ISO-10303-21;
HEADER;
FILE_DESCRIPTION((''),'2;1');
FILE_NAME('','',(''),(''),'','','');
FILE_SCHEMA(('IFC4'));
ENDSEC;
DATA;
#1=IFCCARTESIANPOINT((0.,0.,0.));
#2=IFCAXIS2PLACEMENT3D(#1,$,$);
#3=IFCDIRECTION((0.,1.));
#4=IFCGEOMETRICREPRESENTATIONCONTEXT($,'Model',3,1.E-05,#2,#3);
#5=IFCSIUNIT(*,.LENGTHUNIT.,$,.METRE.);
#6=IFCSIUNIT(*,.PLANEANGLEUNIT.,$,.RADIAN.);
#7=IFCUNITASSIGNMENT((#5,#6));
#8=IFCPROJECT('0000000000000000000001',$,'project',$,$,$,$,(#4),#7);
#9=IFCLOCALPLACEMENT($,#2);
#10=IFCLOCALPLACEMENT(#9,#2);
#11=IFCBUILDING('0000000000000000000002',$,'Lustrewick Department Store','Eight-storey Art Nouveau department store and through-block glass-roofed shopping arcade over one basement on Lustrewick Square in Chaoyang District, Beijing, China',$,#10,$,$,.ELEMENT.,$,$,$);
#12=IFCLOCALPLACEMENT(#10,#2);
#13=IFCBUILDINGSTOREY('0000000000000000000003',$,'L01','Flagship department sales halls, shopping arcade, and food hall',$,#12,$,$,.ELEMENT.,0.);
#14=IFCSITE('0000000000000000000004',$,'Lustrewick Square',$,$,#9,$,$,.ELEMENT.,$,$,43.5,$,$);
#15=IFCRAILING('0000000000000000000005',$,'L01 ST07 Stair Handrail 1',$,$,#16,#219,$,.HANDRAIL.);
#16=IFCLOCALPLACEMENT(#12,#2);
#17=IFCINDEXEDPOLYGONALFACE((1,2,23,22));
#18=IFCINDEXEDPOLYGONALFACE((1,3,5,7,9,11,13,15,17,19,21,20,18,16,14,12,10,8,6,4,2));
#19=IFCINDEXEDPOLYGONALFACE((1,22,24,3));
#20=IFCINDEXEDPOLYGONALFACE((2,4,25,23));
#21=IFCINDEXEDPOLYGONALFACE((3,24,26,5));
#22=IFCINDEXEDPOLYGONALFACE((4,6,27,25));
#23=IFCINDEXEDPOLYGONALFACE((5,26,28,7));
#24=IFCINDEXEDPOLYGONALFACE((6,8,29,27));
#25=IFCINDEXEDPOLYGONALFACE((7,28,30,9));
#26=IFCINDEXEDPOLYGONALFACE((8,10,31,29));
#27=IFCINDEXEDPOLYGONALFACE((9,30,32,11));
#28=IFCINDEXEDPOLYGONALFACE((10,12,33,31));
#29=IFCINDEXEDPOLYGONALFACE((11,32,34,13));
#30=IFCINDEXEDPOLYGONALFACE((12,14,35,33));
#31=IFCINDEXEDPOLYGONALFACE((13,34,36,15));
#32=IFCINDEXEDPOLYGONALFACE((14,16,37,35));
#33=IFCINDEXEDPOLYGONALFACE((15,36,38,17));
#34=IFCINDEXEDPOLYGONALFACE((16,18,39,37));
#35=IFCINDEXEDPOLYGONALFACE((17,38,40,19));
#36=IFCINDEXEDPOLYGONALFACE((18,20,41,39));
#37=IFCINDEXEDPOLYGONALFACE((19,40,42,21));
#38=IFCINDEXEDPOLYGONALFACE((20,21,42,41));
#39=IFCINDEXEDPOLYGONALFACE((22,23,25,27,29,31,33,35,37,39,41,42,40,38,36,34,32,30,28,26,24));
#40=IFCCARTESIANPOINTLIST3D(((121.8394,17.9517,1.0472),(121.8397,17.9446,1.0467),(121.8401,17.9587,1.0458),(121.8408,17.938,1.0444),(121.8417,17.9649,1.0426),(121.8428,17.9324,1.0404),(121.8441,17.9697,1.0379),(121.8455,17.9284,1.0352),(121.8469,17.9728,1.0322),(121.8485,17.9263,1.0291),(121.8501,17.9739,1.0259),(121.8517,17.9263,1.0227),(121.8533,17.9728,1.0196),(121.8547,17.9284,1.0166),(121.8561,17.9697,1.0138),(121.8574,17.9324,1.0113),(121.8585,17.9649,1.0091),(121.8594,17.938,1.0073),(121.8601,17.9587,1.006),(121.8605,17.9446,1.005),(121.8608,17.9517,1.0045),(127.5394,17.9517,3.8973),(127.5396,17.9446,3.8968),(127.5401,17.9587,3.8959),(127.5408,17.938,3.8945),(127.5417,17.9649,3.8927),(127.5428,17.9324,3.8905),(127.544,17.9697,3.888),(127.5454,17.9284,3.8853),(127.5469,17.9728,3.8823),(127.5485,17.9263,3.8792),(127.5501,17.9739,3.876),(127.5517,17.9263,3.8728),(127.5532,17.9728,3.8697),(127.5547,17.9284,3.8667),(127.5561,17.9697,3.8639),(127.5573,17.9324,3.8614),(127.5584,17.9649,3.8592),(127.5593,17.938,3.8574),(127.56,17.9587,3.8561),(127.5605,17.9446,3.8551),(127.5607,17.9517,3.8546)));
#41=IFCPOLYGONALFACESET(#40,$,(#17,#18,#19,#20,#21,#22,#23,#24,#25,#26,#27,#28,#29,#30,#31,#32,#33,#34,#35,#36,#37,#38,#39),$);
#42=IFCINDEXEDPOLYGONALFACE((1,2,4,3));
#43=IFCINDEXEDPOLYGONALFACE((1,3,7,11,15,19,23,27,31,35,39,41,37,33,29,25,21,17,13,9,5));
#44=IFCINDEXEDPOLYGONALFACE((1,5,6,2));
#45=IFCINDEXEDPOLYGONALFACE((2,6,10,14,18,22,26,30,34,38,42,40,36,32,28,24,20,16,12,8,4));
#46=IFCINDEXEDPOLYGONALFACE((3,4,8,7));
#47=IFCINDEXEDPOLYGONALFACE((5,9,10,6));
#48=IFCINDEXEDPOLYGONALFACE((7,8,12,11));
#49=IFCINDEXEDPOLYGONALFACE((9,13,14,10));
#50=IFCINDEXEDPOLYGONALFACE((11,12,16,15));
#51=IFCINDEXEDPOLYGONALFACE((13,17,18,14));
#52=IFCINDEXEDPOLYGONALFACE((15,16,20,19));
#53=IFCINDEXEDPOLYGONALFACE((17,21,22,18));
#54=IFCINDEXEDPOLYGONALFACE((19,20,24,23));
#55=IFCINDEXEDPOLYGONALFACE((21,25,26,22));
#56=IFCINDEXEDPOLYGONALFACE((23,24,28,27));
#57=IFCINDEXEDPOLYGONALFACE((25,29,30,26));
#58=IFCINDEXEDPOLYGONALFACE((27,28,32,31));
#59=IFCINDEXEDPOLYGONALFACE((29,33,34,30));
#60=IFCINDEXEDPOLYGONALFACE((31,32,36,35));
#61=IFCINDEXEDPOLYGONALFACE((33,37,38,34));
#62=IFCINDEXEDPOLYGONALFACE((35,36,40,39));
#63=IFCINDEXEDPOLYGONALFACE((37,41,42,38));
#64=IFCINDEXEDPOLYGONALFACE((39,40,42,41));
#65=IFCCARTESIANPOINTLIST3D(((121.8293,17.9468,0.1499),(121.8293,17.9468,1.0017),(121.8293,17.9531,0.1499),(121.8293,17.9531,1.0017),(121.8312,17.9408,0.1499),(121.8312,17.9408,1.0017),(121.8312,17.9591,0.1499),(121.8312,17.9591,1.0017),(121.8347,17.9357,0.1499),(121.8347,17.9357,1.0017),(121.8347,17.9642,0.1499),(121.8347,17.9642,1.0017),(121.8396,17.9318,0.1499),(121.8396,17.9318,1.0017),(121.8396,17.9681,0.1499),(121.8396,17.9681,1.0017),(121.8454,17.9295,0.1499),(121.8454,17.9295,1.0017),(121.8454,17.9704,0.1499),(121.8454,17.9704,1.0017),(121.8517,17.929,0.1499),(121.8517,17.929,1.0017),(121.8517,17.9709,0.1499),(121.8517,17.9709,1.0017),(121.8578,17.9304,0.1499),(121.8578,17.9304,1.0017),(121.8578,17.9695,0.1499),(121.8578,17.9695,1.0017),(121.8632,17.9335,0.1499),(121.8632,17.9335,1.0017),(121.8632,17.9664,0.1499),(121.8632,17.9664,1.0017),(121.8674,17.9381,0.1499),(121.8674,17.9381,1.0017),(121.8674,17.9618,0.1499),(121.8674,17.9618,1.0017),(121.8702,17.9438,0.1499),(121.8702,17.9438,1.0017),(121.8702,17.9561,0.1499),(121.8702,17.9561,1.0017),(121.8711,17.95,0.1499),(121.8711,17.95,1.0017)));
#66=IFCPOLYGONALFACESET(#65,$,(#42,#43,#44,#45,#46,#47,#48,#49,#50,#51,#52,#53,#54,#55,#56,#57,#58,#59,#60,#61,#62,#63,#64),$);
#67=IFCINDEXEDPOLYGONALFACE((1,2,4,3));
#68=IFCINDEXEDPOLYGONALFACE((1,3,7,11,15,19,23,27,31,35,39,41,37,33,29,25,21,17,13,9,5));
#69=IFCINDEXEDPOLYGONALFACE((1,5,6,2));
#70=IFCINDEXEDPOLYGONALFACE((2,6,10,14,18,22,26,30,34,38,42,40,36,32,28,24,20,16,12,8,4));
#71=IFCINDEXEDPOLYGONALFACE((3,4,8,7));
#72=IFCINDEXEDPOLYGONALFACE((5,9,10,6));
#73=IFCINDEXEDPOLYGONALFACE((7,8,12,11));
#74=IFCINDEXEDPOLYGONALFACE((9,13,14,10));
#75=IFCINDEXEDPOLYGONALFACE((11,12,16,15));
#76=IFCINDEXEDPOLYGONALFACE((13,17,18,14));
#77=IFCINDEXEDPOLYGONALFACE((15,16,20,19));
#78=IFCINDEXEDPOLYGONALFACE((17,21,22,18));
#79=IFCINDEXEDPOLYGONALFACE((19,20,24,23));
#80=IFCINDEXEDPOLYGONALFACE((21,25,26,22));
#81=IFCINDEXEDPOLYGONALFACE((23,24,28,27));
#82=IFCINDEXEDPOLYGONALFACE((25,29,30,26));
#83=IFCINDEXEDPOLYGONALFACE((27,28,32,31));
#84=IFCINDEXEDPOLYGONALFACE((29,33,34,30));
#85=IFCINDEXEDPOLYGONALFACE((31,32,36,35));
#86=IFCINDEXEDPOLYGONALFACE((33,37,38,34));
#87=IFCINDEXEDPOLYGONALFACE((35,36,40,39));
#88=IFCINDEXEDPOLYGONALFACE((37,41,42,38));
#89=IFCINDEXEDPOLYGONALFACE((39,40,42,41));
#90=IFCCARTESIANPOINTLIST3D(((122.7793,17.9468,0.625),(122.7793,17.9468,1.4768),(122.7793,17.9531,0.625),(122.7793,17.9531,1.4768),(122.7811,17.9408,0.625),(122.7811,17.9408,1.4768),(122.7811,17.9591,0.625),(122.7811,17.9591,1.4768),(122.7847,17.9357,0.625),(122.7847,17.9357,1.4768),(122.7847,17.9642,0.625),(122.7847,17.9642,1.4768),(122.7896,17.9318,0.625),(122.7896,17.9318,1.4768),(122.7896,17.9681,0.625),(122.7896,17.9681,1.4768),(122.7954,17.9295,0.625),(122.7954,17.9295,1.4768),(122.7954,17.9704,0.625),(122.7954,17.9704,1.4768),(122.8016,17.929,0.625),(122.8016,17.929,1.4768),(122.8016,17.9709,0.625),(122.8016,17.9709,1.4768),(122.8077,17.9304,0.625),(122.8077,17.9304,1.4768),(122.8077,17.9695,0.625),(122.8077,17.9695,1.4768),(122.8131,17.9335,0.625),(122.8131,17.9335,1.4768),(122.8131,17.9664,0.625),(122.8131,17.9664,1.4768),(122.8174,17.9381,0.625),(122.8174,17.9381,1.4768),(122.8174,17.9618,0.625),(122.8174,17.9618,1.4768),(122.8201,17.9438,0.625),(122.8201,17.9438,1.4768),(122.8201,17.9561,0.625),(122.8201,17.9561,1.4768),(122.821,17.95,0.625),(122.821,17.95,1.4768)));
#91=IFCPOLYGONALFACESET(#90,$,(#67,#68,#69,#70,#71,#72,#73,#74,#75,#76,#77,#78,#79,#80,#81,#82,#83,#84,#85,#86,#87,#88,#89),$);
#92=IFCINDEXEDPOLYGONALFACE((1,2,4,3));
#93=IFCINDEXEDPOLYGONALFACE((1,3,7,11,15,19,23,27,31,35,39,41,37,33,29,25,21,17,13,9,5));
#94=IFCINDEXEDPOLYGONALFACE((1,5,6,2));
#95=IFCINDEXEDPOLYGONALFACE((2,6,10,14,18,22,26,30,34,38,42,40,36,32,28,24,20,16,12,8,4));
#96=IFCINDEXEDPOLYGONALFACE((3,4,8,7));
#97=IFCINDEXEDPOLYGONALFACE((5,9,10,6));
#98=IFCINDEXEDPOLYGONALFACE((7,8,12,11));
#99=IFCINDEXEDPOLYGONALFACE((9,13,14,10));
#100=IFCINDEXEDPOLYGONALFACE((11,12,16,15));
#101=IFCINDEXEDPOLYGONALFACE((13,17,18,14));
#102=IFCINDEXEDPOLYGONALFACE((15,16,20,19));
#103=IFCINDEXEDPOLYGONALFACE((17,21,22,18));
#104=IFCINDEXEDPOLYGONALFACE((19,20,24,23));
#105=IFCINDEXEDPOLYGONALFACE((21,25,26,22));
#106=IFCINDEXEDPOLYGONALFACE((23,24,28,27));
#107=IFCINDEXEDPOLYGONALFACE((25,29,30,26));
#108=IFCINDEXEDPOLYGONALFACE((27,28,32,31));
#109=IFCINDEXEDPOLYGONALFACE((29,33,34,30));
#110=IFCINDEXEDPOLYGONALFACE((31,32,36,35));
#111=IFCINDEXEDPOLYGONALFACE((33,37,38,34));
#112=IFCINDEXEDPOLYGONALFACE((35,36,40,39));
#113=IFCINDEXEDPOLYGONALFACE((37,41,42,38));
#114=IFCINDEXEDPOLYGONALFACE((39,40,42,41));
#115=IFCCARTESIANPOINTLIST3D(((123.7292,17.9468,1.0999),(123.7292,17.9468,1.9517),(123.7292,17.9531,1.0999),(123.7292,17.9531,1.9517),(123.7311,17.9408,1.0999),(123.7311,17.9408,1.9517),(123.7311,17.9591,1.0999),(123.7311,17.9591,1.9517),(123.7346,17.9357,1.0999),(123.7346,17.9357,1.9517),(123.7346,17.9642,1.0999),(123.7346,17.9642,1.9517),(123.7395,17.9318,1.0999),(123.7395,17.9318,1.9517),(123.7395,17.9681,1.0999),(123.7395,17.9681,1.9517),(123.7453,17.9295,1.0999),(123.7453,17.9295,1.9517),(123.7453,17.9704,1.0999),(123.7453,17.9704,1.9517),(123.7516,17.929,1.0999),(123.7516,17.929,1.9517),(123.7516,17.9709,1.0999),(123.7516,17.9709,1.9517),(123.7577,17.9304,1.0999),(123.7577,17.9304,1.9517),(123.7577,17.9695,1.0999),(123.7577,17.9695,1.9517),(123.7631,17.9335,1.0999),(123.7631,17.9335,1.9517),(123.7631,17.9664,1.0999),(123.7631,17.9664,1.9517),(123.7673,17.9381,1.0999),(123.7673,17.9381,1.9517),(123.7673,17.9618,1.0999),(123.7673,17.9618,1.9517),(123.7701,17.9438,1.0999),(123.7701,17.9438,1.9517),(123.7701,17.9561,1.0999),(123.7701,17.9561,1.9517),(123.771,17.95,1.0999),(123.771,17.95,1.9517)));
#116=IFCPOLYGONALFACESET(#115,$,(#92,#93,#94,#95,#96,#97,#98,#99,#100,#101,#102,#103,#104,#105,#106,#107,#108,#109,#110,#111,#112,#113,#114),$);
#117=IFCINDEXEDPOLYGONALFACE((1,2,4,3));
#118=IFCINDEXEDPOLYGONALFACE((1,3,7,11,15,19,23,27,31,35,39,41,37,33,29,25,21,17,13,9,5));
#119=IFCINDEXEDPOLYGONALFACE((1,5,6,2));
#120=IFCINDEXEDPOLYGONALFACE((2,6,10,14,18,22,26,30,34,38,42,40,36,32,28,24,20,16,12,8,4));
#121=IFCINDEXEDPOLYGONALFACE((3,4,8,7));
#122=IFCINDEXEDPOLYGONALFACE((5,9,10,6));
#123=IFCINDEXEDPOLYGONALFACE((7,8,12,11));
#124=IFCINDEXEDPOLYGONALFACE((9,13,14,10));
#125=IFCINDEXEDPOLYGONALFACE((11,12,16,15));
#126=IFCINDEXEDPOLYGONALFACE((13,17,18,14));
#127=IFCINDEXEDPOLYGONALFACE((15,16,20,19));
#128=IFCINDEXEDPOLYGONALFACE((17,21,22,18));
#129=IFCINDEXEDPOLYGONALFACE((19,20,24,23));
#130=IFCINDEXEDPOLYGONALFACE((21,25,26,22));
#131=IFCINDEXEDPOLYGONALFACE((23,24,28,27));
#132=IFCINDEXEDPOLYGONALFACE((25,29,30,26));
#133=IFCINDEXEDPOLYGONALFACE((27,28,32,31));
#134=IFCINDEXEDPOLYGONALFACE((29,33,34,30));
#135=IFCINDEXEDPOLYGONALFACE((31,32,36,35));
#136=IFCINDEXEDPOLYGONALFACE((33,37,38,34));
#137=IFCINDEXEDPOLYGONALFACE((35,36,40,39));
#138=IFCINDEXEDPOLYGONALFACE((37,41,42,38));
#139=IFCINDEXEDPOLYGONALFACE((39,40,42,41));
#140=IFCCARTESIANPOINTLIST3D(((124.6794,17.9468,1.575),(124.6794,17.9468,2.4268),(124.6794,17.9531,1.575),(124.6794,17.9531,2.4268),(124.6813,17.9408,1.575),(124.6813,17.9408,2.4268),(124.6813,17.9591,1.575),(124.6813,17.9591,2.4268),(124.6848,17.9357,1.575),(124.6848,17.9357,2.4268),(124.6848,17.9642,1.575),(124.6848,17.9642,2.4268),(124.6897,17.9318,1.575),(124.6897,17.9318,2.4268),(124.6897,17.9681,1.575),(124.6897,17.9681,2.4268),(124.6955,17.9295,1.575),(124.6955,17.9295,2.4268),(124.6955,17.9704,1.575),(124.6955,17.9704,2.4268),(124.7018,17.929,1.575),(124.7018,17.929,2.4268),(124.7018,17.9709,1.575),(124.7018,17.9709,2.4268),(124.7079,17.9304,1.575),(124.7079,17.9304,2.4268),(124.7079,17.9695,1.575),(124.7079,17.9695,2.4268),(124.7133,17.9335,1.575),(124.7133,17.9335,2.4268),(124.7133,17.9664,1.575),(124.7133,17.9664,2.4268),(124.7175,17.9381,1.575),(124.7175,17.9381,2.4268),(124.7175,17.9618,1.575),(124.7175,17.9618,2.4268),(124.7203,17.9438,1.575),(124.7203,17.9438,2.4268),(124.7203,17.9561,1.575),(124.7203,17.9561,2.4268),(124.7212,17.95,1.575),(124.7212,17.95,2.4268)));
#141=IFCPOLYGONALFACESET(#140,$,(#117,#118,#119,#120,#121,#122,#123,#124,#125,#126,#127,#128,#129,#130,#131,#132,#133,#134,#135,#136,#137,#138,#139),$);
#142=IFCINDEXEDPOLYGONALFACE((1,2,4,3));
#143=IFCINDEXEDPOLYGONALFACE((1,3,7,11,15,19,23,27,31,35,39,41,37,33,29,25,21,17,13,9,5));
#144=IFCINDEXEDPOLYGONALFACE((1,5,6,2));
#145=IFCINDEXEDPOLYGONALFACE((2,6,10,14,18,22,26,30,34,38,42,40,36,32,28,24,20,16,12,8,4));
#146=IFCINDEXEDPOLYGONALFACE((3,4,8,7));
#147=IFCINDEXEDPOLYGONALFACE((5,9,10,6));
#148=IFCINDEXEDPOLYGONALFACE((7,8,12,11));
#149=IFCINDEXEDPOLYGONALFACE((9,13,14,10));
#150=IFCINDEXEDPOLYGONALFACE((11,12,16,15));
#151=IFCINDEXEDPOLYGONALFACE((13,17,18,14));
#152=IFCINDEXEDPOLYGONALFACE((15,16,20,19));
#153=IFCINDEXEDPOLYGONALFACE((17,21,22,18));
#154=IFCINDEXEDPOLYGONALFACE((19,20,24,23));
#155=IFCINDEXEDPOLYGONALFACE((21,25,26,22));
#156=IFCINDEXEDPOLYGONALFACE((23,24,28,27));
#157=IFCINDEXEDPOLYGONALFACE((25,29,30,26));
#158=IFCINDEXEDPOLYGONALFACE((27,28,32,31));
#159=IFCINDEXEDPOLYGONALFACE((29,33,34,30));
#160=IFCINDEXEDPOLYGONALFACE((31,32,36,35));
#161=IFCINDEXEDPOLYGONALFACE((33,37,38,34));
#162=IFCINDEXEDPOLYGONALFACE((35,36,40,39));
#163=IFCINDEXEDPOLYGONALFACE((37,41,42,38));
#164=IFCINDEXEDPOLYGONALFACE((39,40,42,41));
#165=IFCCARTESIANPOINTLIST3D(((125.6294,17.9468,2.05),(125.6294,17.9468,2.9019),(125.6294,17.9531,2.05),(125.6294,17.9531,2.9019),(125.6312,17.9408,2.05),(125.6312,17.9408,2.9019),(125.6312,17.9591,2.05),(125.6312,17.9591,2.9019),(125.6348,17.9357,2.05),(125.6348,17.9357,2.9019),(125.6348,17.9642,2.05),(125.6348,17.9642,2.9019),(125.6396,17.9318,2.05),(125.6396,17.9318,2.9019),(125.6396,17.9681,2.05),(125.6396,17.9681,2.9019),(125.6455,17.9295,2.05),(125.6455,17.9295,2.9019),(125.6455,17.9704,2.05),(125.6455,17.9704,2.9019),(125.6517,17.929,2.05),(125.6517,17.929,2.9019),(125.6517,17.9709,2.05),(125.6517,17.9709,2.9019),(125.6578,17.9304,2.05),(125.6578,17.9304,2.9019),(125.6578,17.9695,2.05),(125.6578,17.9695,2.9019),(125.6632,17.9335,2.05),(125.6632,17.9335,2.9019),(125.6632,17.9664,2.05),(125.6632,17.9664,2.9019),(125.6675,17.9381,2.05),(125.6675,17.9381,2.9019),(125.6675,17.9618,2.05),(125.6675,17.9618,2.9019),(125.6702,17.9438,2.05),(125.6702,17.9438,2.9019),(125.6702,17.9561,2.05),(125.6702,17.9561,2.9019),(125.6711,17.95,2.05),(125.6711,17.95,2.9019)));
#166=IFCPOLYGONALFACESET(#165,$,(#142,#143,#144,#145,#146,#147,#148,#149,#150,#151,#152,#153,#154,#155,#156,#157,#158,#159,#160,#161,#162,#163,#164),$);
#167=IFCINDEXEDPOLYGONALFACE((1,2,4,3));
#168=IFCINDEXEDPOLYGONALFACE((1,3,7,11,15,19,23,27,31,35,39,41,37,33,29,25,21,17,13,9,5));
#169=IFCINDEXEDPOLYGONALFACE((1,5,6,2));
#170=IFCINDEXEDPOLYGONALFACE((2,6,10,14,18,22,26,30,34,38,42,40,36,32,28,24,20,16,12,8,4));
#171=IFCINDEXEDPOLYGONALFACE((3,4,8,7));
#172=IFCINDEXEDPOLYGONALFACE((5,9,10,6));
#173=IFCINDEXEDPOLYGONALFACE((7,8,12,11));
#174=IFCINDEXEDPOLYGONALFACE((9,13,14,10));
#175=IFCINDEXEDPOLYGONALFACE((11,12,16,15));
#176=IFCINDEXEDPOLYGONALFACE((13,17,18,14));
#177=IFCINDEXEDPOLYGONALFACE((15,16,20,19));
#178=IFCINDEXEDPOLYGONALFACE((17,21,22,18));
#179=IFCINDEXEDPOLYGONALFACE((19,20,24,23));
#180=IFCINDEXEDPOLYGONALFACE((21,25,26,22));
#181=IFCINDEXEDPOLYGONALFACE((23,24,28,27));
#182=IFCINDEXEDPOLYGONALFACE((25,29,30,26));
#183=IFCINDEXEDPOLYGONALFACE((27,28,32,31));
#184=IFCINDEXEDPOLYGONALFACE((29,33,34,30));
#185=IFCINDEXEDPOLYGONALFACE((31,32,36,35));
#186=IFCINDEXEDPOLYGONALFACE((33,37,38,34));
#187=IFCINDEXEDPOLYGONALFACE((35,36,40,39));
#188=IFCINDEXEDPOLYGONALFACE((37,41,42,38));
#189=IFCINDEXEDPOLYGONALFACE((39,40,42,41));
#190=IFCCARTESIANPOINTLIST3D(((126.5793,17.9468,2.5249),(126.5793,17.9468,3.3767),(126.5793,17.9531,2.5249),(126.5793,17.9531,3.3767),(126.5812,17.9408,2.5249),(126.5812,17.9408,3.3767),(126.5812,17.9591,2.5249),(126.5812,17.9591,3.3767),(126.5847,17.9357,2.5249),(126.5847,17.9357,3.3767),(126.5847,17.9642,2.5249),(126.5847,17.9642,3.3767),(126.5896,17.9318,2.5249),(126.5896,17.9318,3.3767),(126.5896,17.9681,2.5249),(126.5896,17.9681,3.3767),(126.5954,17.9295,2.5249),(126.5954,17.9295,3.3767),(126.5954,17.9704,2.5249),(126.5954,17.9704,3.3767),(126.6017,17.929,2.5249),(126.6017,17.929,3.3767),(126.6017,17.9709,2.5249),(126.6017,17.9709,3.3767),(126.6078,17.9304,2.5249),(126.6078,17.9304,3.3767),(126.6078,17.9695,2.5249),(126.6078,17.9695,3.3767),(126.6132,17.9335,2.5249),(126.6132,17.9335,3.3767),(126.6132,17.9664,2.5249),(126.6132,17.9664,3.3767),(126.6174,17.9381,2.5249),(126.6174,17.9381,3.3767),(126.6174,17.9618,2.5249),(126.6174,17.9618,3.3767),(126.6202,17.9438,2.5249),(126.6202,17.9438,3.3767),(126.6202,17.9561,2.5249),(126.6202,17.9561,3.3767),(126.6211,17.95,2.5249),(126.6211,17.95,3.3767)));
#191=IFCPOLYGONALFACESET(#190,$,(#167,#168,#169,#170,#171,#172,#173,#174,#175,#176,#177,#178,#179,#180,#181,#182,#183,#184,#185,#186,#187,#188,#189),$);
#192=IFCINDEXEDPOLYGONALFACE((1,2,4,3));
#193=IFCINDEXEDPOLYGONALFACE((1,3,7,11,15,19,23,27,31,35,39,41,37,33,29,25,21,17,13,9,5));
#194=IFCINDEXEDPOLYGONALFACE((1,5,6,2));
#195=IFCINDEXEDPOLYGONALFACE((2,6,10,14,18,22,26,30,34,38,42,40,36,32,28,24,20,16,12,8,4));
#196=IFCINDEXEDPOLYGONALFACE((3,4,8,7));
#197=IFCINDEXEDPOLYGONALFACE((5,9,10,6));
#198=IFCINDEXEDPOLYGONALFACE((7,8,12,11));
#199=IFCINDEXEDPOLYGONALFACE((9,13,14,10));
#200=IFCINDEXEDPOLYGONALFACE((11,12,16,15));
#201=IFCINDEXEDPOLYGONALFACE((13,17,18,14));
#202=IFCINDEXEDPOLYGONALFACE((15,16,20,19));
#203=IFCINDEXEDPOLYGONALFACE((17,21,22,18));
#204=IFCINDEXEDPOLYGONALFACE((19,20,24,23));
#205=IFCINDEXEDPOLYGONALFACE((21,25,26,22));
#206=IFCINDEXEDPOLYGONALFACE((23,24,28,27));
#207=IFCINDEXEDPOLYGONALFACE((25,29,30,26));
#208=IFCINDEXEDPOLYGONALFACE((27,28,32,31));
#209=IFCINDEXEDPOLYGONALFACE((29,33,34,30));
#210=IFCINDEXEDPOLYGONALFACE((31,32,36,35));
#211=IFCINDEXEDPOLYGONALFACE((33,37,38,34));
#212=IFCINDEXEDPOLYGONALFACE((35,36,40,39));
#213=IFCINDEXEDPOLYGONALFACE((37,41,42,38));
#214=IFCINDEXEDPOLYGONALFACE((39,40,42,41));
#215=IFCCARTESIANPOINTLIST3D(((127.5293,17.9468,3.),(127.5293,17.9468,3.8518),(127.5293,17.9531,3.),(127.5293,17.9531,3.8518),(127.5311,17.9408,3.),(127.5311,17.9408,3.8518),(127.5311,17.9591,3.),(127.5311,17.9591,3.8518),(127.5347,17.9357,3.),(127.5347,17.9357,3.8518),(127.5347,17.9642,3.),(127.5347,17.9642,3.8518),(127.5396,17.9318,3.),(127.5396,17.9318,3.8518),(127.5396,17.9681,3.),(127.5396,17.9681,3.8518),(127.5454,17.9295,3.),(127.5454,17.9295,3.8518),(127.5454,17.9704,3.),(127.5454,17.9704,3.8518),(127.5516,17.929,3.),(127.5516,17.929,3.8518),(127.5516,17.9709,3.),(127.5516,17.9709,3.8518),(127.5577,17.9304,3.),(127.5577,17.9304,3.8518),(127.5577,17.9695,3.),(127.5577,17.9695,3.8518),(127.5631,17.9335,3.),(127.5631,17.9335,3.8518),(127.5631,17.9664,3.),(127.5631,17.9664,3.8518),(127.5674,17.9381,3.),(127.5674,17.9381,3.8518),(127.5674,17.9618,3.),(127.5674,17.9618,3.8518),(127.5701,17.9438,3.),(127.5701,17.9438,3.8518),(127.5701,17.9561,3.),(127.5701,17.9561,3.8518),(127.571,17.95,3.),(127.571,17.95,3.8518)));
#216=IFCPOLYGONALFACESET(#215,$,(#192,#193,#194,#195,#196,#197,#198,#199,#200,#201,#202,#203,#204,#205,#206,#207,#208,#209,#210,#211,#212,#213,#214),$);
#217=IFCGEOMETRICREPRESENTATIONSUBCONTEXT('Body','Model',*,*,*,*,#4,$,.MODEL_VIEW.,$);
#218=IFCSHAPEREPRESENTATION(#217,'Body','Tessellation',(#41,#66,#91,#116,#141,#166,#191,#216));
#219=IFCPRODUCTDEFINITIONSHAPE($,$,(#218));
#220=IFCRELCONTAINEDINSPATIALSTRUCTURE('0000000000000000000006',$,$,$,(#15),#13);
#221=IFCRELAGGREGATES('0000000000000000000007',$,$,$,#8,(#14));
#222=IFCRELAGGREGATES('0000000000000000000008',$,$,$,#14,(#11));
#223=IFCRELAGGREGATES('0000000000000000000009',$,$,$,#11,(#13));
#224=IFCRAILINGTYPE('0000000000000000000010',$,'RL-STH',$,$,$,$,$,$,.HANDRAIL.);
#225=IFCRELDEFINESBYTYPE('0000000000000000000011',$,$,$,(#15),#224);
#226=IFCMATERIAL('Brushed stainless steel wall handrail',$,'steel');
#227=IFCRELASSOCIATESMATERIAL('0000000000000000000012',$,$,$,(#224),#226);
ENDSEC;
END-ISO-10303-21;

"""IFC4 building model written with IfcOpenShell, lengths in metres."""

from ifc_helpers import new_model, si_unit, direction, frame, origin, origin_2d, place, context, subcontext, project, spatial, circle, extrude, material, type_object, element, save


model = new_model("IFC4")

# Units and contexts
model_context = context("Model", 3, precision=1e-05, world=origin(), true_north=direction((0.0, 1.0)))
body_context = subcontext(model_context, "Body", "Model", "MODEL_VIEW")
ifc_project = project(units=[si_unit("LENGTHUNIT", "METRE"), si_unit("PLANEANGLEUNIT", "RADIAN")], contexts=[model_context])

# Site, building, storey
site_placement = place(None, origin())
site = spatial("IfcSite", under=ifc_project, at=site_placement, Name="Lustrewick Square", CompositionType="ELEMENT", RefElevation=43.5)
building_placement = place(site_placement, origin())
building = spatial("IfcBuilding", under=site, at=building_placement, Name="Lustrewick Department Store", Description="Eight-storey Art Nouveau department store and through-block glass-roofed shopping arcade over one basement on Lustrewick Square in Chaoyang District, Beijing, China", CompositionType="ELEMENT")
storey_placement = place(building_placement, origin())
storey = spatial("IfcBuildingStorey", under=building, at=storey_placement, Name="L01", Description="Flagship department sales halls, shopping arcade, and food hall", CompositionType="ELEMENT", Elevation=0.0)

# Railing
ifc_material_1 = material(Name="Brushed stainless steel wall handrail", Category="steel")
railing_type_1 = type_object("IfcRailingType", Name="RL-STH", PredefinedType="HANDRAIL", material=ifc_material_1)
railing_1_placement = place(storey_placement, frame((121.8501, 17.95, 0.1499)))
element("IfcRailing", 1, at=railing_1_placement, inside=storey, type_object=railing_type_1, Name="L01 ST07 Stair Handrail 1", PredefinedType="HANDRAIL", context=body_context, shape_type="SweptSolid", body=[
    extrude(circle(Radius=0.0239, at=origin_2d()), frame((0.0, 0.0, 0.876), z_axis=(0.89442, 0.0, 0.447229), x_axis=(0.0, 1.0, 0.0)), (0.0, 0.0, 1.0), 6.3728),
    extrude(circle(Radius=0.021, at=origin_2d()), origin(), (0.0, 0.0, 1.0), 0.8518),
    extrude(circle(Radius=0.021, at=origin_2d()), frame((0.95, 0.0, 0.4751)), (0.0, 0.0, 1.0), 0.8518),
    extrude(circle(Radius=0.021, at=origin_2d()), frame((1.8999, 0.0, 0.95)), (0.0, 0.0, 1.0), 0.8518),
    extrude(circle(Radius=0.021, at=origin_2d()), frame((2.8501, 0.0, 1.425)), (0.0, 0.0, 1.0), 0.8518),
    extrude(circle(Radius=0.021, at=origin_2d()), frame((3.8, 0.0, 1.9001)), (0.0, 0.0, 1.0), 0.8518),
    extrude(circle(Radius=0.021, at=origin_2d()), frame((4.75, 0.0, 2.375)), (0.0, 0.0, 1.0), 0.8518),
    extrude(circle(Radius=0.021, at=origin_2d()), frame((5.7, 0.0, 2.8501)), (0.0, 0.0, 1.0), 0.8518),
])

save(model, "model.ifc")
